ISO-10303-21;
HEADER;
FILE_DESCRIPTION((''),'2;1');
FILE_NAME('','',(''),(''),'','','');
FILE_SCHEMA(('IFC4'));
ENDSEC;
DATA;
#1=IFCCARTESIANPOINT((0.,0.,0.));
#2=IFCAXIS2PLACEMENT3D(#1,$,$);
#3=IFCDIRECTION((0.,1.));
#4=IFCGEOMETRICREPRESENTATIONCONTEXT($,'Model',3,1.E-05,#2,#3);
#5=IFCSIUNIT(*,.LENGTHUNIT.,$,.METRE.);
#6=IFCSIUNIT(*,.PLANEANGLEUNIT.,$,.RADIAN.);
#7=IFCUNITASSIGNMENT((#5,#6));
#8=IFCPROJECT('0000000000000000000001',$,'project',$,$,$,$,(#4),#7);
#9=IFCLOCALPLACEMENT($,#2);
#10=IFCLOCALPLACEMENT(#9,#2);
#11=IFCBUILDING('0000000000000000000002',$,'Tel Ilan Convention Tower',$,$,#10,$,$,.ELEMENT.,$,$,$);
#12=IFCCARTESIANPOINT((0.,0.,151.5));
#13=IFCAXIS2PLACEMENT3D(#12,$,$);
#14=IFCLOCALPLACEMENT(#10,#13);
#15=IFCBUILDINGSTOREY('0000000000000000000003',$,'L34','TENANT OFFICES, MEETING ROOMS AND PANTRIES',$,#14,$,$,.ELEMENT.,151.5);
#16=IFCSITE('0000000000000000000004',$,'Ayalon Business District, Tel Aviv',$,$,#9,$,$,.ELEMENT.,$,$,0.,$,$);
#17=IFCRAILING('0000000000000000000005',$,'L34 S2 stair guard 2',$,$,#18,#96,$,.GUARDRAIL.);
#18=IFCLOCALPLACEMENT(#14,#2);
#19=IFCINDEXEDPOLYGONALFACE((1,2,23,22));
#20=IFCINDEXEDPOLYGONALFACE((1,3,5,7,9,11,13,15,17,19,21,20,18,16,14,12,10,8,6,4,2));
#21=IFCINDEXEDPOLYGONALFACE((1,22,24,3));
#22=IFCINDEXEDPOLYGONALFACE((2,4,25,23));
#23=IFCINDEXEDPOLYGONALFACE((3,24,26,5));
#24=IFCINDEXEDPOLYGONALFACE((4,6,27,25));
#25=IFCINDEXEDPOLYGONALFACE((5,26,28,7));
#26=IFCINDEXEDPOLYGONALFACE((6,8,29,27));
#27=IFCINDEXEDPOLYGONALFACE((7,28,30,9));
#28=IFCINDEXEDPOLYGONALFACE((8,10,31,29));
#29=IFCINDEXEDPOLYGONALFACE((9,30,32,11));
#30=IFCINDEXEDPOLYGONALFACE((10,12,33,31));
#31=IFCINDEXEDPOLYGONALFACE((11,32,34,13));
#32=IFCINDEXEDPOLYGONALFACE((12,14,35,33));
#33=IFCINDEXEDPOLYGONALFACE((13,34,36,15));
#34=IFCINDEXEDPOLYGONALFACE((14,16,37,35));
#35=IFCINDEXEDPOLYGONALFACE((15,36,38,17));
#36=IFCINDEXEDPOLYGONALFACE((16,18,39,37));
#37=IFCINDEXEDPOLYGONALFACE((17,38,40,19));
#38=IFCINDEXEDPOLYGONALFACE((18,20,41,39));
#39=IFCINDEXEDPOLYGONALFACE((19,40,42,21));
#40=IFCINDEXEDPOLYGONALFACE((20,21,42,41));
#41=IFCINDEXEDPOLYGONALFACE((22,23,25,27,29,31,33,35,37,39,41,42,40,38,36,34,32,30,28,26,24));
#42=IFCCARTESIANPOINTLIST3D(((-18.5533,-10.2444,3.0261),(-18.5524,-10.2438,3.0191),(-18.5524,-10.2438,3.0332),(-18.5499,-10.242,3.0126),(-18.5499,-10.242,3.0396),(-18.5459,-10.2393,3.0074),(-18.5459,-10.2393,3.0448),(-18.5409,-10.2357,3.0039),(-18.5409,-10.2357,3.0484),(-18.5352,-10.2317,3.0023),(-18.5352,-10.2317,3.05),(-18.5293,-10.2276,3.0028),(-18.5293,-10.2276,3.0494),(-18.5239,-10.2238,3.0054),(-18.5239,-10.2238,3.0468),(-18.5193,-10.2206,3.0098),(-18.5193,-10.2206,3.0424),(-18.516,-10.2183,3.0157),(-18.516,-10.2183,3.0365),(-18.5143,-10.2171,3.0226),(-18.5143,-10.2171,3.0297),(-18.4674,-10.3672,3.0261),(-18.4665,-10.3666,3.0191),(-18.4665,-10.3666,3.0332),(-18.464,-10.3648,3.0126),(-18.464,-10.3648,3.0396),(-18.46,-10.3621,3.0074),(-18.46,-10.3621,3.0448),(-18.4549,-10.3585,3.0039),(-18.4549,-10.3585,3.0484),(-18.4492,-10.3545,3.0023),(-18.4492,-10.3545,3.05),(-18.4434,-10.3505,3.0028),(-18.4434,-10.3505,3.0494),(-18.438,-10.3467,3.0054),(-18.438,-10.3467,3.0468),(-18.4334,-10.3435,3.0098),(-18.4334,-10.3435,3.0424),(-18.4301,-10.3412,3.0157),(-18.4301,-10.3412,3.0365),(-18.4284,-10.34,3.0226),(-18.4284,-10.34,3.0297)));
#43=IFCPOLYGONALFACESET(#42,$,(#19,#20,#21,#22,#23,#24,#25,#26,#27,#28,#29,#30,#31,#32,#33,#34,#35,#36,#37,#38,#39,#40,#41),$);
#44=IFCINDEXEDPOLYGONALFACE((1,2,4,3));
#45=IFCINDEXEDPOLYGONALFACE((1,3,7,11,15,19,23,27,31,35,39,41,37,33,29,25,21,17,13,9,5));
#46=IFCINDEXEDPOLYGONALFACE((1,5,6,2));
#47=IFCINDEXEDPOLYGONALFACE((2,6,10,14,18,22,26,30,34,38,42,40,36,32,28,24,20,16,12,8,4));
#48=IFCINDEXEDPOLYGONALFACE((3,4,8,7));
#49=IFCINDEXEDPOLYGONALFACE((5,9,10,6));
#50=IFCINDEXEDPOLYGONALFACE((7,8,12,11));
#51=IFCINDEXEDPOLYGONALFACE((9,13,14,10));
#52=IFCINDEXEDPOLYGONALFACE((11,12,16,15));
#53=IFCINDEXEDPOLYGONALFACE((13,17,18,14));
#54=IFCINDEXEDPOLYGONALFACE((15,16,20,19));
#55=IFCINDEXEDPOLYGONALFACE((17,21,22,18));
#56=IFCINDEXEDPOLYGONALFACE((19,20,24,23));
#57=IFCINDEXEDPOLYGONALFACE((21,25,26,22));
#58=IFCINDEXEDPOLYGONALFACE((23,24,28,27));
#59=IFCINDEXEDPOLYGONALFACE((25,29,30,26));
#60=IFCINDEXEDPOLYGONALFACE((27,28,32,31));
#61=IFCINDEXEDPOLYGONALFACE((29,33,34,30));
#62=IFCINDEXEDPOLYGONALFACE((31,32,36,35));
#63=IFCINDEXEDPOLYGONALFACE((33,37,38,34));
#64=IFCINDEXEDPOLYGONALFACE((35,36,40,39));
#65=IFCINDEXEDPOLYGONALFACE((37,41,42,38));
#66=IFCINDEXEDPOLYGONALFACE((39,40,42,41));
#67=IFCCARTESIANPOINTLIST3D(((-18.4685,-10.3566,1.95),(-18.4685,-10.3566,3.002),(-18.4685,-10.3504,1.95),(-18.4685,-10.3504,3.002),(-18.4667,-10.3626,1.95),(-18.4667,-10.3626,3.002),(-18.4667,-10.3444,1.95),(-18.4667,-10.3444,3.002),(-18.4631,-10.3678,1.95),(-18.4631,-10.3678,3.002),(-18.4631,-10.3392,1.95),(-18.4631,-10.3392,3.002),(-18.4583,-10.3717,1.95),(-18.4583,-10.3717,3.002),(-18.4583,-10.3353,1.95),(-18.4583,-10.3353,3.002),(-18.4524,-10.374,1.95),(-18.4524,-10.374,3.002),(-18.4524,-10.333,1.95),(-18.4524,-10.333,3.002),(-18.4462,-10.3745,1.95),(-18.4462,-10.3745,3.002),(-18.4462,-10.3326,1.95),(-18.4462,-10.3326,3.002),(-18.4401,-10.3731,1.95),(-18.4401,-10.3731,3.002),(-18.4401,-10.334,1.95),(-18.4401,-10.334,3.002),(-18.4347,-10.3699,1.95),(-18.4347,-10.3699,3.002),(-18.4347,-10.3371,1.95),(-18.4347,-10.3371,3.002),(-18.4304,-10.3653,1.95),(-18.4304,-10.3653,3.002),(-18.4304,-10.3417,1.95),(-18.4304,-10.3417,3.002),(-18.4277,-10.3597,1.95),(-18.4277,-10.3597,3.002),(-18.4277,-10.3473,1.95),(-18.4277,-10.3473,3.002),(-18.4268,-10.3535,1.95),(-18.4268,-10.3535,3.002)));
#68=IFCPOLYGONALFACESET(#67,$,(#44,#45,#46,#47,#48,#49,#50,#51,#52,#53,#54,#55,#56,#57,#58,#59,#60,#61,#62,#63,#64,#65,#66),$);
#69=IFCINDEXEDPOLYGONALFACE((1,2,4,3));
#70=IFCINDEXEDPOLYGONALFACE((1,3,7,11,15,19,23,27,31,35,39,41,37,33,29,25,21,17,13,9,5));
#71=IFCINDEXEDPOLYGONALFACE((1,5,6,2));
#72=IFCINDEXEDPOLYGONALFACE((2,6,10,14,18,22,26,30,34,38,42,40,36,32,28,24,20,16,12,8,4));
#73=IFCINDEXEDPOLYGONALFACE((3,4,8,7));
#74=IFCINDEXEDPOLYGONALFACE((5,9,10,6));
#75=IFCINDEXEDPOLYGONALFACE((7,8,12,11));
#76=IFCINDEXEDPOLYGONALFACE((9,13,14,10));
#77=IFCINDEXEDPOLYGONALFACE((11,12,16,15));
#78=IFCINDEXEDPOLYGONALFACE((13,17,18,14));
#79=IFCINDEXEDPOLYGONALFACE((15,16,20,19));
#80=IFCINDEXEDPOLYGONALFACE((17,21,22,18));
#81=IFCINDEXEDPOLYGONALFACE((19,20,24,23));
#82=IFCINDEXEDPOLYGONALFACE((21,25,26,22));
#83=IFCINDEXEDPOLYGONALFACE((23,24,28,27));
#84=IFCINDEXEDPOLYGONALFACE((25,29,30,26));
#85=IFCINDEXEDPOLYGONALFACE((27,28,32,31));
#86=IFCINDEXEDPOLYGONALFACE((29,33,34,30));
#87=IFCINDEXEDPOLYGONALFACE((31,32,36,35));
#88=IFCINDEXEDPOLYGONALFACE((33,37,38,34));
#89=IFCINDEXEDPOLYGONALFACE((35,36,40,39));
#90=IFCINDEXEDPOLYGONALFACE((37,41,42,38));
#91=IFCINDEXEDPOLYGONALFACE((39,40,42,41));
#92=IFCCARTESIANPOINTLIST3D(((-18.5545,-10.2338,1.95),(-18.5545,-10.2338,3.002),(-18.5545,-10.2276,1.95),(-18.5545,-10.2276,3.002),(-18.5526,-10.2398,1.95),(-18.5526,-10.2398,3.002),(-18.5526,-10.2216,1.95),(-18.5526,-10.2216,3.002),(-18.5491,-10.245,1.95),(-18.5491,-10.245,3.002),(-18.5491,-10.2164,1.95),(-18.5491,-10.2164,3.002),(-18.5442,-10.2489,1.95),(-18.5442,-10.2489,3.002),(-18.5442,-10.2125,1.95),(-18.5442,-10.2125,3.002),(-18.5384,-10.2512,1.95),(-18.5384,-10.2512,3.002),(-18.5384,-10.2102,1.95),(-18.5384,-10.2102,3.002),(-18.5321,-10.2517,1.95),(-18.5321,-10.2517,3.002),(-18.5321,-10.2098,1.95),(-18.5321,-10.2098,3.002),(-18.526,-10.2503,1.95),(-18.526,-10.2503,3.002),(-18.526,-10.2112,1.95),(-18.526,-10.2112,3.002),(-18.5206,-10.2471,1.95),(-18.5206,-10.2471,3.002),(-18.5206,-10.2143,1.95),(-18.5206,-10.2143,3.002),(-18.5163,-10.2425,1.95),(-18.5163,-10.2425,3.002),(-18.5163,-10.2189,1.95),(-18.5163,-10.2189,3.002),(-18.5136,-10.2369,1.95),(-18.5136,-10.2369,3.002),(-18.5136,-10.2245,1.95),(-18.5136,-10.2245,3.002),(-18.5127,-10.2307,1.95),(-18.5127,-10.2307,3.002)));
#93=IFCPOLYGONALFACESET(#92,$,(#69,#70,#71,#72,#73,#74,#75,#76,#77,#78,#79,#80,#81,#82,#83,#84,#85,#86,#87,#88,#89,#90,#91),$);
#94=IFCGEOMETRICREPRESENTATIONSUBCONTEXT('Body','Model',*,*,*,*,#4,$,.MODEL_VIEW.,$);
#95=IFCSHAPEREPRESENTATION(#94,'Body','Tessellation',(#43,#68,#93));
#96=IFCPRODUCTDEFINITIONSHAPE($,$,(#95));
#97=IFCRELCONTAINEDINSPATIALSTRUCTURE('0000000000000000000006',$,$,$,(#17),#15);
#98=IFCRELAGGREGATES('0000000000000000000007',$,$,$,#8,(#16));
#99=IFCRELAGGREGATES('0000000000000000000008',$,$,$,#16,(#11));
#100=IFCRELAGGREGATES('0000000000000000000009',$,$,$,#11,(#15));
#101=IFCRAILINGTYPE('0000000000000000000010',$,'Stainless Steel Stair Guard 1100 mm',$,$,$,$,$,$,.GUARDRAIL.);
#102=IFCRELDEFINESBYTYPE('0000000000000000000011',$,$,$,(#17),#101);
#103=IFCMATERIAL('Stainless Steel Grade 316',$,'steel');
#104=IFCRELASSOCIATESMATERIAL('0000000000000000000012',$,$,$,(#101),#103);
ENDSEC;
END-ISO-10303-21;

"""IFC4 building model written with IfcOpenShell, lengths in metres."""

from ifc_helpers import new_model, si_unit, direction, frame, origin, origin_2d, place, context, subcontext, project, spatial, circle, extrude, material, type_object, element, save


model = new_model("IFC4")

# Units and contexts
model_context = context("Model", 3, precision=1e-05, world=origin(), true_north=direction((0.0, 1.0)))
body_context = subcontext(model_context, "Body", "Model", "MODEL_VIEW")
ifc_project = project(units=[si_unit("LENGTHUNIT", "METRE"), si_unit("PLANEANGLEUNIT", "RADIAN")], contexts=[model_context])

# Site, building, storey
site_placement = place(None, origin())
site = spatial("IfcSite", under=ifc_project, at=site_placement, Name="Ayalon Business District, Tel Aviv", CompositionType="ELEMENT", RefElevation=0.0)
building_placement = place(site_placement, origin())
building = spatial("IfcBuilding", under=site, at=building_placement, Name="Tel Ilan Convention Tower", CompositionType="ELEMENT")
storey_placement = place(building_placement, frame((0.0, 0.0, 151.5)))
storey = spatial("IfcBuildingStorey", under=building, at=storey_placement, Name="L34", Description="TENANT OFFICES, MEETING ROOMS AND PANTRIES", CompositionType="ELEMENT", Elevation=151.5)

# Railing
ifc_material_1 = material(Name="Stainless Steel Grade 316", Category="steel")
railing_type_1 = type_object("IfcRailingType", Name="Stainless Steel Stair Guard 1100 mm", PredefinedType="GUARDRAIL", material=ifc_material_1)
railing_1_placement = place(storey_placement, frame((-18.4478, -10.3535, 1.95)))
element("IfcRailing", 1, at=railing_1_placement, inside=storey, type_object=railing_type_1, Name="L34 S2 stair guard 2", PredefinedType="GUARDRAIL", context=body_context, shape_type="SweptSolid", body=[
    extrude(circle(Radius=0.0239, at=origin_2d()), frame((0.0, 0.0, 1.0762), z_axis=(-0.573353, 0.819308, 0.0), x_axis=(-0.819308, -0.573353, 0.0)), (0.0, 0.0, 1.0), 0.1499),
    extrude(circle(Radius=0.021, at=origin_2d()), origin(), (0.0, 0.0, 1.0), 1.052),
    extrude(circle(Radius=0.021, at=origin_2d()), frame((-0.0859, 0.1228, 0.0)), (0.0, 0.0, 1.0), 1.052),
])

save(model, "model.ifc")
